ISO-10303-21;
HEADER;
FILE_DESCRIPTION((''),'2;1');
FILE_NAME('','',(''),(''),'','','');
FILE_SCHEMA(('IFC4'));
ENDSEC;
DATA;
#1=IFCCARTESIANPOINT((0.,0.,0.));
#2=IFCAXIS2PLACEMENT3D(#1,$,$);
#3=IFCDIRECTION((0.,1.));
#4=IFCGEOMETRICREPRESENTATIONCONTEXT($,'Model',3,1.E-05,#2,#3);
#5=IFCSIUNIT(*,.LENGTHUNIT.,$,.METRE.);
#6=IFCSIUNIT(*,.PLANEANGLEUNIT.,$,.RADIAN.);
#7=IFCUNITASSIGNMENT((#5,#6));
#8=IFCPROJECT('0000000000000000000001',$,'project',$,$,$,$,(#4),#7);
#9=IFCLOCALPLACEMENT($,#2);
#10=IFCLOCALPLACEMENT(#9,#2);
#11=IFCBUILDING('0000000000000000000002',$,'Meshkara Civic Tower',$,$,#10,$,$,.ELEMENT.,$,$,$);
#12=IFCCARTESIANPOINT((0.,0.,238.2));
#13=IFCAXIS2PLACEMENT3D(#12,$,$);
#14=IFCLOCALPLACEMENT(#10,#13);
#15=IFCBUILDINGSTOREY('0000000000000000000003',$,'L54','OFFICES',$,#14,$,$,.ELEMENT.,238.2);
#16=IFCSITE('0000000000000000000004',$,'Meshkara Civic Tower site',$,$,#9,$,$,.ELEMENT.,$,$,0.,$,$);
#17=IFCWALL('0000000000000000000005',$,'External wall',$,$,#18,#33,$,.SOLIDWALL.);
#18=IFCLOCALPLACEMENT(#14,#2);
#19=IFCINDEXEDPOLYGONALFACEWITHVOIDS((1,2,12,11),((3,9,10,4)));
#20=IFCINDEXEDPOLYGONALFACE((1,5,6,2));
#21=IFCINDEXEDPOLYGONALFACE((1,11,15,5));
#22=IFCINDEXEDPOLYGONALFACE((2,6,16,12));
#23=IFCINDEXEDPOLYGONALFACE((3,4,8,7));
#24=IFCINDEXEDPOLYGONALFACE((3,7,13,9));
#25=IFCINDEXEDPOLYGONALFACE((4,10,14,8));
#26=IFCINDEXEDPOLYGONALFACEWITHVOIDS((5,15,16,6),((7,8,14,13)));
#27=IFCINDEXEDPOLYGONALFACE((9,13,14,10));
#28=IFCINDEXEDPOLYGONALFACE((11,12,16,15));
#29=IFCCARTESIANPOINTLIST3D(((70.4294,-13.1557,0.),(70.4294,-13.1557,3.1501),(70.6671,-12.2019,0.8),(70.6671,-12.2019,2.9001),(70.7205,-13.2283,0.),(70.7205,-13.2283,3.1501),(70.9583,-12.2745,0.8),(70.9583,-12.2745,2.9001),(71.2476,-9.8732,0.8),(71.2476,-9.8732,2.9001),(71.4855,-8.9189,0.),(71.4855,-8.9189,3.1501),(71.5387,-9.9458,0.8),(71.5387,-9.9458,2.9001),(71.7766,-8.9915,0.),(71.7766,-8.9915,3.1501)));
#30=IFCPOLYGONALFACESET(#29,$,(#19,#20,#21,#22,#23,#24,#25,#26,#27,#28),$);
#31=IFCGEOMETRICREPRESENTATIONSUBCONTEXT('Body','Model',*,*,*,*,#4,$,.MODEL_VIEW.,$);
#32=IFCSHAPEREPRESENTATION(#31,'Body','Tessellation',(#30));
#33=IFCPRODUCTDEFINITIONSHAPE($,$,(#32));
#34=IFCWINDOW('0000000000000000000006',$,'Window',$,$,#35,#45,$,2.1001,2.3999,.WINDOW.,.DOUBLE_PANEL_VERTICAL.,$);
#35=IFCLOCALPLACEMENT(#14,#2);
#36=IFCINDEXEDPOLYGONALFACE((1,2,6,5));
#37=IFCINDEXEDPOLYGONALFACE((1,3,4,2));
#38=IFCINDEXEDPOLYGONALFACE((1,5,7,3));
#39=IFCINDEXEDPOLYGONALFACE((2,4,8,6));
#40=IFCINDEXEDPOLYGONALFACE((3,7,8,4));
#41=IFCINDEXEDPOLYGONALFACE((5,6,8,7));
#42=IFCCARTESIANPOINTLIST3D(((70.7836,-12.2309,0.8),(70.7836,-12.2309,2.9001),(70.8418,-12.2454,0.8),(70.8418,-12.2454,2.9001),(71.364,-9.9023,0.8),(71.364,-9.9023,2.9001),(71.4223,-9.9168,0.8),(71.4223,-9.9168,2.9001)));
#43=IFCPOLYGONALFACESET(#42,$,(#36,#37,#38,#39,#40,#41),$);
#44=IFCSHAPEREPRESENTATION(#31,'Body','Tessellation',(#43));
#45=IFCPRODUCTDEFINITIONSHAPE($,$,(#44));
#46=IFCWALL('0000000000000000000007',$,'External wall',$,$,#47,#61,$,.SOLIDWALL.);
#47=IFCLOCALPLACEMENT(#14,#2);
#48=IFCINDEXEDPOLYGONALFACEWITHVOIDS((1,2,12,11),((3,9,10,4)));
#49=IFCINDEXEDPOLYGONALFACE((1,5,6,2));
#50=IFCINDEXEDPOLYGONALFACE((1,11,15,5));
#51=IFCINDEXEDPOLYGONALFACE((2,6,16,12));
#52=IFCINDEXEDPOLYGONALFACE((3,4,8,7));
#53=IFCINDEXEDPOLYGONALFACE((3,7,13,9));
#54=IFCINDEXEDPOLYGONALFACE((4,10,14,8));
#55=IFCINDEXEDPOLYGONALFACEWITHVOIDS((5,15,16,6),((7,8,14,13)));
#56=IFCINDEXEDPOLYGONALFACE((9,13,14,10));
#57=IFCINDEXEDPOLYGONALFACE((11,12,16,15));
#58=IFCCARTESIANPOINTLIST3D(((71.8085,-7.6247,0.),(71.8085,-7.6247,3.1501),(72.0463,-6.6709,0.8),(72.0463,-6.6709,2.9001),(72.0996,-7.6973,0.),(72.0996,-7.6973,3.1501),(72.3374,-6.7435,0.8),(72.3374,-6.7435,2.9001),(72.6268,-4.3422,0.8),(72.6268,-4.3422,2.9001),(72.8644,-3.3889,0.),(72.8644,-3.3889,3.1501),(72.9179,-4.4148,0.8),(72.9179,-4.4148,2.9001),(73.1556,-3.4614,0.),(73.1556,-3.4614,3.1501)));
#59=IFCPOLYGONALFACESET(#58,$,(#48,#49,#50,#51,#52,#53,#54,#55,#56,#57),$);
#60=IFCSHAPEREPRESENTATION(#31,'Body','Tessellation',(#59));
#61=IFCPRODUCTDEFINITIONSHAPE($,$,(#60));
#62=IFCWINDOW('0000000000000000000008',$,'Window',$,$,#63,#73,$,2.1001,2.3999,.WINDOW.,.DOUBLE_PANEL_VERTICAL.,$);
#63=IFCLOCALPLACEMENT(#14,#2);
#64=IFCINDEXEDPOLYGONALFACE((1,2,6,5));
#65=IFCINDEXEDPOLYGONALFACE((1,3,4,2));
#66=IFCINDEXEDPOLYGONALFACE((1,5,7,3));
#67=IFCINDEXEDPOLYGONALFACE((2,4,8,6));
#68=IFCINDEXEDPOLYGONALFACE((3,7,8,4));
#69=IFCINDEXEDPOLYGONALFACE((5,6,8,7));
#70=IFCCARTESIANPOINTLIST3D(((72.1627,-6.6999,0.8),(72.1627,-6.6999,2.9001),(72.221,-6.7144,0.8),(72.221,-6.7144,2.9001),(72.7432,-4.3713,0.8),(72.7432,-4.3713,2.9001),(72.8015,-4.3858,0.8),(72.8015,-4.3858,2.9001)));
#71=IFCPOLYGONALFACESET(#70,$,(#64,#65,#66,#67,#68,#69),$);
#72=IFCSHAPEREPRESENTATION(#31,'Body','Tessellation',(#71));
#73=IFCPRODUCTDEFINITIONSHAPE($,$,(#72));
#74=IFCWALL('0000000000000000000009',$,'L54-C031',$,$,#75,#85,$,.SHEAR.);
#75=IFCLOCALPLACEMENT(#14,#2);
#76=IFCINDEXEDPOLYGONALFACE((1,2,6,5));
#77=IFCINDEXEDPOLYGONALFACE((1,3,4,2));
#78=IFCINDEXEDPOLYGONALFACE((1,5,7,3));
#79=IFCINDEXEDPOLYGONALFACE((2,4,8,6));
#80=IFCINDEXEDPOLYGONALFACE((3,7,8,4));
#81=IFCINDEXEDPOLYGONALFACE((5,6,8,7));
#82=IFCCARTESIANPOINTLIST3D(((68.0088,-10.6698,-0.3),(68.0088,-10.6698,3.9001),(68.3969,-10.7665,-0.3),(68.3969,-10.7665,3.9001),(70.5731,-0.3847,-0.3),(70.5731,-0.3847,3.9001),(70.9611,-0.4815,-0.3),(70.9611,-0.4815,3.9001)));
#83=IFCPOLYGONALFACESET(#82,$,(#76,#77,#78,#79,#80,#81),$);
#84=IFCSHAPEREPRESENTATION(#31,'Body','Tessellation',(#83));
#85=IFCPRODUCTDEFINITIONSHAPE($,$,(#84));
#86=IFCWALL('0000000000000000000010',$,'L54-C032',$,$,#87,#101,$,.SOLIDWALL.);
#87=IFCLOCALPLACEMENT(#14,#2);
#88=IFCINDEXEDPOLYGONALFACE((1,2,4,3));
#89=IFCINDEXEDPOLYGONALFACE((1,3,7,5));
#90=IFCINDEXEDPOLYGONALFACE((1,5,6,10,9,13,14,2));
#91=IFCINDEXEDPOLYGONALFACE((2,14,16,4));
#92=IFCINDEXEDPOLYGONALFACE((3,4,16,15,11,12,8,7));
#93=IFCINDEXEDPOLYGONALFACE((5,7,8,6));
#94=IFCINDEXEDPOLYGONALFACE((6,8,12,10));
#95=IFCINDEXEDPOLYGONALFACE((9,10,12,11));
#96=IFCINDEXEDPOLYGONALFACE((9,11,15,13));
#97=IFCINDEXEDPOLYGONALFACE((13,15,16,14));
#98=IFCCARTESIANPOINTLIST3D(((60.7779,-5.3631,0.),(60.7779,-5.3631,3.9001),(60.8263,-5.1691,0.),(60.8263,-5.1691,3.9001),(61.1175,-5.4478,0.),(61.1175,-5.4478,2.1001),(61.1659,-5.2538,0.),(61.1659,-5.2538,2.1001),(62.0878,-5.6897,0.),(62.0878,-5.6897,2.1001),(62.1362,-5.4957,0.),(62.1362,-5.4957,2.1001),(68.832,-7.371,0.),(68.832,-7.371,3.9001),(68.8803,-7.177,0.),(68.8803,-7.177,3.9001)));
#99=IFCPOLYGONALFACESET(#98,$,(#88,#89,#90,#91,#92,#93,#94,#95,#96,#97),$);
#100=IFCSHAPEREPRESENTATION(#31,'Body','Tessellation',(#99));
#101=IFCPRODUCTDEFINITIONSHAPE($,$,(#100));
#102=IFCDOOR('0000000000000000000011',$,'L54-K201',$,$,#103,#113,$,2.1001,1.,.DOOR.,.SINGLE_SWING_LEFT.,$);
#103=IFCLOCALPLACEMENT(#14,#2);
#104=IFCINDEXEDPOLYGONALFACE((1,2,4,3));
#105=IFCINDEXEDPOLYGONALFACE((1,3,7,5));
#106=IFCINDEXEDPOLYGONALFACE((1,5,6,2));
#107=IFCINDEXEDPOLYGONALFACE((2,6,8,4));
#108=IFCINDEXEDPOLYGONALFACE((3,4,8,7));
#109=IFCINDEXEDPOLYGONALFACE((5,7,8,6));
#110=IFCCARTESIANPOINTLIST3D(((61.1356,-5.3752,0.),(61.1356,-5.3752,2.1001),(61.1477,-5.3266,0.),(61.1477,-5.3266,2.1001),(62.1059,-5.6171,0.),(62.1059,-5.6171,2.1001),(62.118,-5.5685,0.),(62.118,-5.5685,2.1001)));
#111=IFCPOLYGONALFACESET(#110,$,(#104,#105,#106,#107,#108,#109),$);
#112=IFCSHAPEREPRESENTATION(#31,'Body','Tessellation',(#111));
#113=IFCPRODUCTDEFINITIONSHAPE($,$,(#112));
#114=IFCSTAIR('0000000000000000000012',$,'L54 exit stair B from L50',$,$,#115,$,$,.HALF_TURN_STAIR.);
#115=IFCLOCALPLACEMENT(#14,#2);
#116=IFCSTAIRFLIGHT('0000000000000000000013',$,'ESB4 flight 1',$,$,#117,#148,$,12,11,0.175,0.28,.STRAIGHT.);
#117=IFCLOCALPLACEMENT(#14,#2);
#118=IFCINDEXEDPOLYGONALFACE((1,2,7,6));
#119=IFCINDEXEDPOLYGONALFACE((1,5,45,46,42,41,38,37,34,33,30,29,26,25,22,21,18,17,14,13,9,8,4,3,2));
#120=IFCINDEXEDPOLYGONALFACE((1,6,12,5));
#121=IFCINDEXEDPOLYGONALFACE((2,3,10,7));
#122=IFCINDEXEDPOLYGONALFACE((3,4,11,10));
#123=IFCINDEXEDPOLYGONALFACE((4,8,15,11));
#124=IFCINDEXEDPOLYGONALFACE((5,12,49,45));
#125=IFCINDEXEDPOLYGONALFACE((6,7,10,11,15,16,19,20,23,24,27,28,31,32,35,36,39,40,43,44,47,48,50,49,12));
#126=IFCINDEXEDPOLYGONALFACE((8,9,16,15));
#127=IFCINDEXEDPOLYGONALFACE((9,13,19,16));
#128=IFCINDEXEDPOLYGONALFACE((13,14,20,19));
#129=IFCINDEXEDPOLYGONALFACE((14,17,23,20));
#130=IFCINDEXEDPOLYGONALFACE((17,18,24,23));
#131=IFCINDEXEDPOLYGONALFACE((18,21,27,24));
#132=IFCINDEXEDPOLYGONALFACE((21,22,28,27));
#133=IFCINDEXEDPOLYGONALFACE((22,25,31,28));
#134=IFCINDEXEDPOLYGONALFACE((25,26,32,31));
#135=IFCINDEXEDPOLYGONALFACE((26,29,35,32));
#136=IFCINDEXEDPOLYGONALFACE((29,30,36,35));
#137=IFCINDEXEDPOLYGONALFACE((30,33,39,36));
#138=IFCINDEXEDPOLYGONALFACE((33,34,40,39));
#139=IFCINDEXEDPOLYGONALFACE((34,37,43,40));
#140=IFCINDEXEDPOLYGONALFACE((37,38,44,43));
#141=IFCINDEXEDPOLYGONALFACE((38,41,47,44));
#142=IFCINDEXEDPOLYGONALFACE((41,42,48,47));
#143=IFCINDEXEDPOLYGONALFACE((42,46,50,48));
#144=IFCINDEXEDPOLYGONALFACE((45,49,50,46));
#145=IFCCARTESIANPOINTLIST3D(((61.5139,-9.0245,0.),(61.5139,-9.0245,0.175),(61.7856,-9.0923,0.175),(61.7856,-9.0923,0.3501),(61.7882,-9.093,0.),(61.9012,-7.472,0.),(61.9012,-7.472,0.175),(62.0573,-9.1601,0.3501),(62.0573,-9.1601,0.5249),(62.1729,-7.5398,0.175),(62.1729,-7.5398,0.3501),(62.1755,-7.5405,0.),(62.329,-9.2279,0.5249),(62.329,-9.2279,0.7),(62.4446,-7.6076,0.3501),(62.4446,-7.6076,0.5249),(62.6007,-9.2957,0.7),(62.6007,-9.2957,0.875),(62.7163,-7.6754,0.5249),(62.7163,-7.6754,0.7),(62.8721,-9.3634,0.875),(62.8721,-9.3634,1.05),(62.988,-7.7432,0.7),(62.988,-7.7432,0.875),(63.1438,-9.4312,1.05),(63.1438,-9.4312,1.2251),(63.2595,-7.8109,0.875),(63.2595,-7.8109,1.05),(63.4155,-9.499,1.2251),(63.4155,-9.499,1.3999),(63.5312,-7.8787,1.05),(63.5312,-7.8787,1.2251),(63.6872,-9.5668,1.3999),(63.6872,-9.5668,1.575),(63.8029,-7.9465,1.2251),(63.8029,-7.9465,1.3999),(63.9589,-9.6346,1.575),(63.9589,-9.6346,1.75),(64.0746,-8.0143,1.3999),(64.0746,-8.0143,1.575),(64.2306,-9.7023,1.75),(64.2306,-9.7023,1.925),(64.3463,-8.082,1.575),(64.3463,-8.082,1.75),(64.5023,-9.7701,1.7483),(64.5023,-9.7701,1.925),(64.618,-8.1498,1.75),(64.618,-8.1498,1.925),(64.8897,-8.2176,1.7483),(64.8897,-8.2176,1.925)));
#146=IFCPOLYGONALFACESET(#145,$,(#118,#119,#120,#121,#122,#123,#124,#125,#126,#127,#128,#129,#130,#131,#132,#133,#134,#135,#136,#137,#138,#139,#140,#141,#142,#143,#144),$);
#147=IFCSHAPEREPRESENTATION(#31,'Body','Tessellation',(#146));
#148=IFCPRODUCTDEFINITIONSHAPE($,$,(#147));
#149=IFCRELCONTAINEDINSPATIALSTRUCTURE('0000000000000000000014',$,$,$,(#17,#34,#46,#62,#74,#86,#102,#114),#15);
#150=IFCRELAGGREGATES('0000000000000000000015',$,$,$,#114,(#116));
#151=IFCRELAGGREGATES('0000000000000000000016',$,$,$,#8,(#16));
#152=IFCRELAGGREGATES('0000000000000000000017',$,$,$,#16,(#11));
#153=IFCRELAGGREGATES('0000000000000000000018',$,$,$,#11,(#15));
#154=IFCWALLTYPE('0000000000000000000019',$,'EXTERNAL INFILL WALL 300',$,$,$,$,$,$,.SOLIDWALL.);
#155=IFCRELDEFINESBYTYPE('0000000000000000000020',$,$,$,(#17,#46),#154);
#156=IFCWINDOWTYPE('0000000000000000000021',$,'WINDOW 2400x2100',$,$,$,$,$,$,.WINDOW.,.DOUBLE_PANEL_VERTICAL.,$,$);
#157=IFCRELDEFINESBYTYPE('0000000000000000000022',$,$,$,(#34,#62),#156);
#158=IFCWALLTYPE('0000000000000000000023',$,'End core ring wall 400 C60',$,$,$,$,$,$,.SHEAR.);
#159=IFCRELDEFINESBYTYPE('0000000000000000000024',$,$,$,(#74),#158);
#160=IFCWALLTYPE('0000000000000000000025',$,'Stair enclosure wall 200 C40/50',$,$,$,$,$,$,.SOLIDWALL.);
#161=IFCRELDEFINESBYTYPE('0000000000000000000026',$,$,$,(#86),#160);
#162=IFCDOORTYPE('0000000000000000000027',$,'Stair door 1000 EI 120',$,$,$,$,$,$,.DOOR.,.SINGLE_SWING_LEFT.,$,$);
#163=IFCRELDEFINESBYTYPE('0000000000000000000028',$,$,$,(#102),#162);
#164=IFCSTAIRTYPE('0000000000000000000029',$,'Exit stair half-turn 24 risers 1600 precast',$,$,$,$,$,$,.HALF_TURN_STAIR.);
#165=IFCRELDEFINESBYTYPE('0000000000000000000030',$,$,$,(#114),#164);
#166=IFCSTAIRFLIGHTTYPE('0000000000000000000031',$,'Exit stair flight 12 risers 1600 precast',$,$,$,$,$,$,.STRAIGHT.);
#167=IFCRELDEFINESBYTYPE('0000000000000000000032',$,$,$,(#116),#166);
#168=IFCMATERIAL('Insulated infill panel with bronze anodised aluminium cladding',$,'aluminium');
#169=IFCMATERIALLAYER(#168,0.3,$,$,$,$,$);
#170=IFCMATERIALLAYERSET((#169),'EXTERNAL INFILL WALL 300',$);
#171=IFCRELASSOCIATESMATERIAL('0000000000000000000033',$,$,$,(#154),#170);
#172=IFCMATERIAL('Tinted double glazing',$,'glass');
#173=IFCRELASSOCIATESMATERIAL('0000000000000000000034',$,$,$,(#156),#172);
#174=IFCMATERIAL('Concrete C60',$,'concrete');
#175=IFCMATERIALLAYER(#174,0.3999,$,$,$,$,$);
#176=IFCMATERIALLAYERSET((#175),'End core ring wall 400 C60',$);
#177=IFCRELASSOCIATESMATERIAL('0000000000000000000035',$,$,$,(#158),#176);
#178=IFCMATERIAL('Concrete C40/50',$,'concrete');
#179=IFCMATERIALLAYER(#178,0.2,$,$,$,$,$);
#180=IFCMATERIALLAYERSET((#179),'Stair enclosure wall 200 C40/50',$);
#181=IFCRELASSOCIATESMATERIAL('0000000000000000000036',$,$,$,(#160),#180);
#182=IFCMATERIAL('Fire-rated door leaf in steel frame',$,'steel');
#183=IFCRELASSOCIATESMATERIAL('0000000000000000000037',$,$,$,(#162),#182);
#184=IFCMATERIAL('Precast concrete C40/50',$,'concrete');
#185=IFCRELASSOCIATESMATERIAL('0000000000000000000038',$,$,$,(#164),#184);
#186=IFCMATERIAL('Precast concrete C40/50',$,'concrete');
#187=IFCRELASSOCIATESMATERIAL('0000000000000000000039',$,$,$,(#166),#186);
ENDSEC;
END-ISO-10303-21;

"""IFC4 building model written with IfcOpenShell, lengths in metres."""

from ifc_helpers import new_model, si_unit, direction, frame, frame_2d, origin, place, context, subcontext, project, spatial, polyline, rectangle, outline, extrude, material, layer, layer_set, type_object, element, fill, aggregate, save


model = new_model("IFC4")

# Units and contexts
model_context = context("Model", 3, precision=1e-05, world=origin(), true_north=direction((0.0, 1.0)))
body_context = subcontext(model_context, "Body", "Model", "MODEL_VIEW")
ifc_project = project(units=[si_unit("LENGTHUNIT", "METRE"), si_unit("PLANEANGLEUNIT", "RADIAN")], contexts=[model_context])

# Site, building, storey
site_placement = place(None, origin())
site = spatial("IfcSite", under=ifc_project, at=site_placement, Name="Meshkara Civic Tower site", CompositionType="ELEMENT", RefElevation=0.0)
building_placement = place(site_placement, origin())
building = spatial("IfcBuilding", under=site, at=building_placement, Name="Meshkara Civic Tower", CompositionType="ELEMENT")
storey_placement = place(building_placement, frame((0.0, 0.0, 238.2)))
storey = spatial("IfcBuildingStorey", under=building, at=storey_placement, Name="L54", Description="OFFICES", CompositionType="ELEMENT", Elevation=238.2)

# Walls, openings, windows
ifc_material_1 = material(Name="Insulated infill panel with bronze anodised aluminium cladding", Category="aluminium")
ifc_layer_1 = layer(ifc_material_1, 0.3)
ifc_layer_set_1 = layer_set([ifc_layer_1], Name="EXTERNAL INFILL WALL 300")
wall_type_1 = type_object("IfcWallType", Name="EXTERNAL INFILL WALL 300", PredefinedType="SOLIDWALL", material=ifc_layer_set_1)
ifc_material_2 = material(Name="Tinted double glazing", Category="glass")
window_type_1 = type_object("IfcWindowType", Name="WINDOW 2400x2100", PartitioningType="DOUBLE_PANEL_VERTICAL", PredefinedType="WINDOW", material=ifc_material_2)
wall_1_placement = place(storey_placement, frame((70.575, -13.1919, 0.0), z_axis=(0.0, 0.0, 1.0), x_axis=(0.241878, 0.970307, 0.0)))
wall_1 = element("IfcWall", 1, at=wall_1_placement, inside=storey, type_object=wall_type_1, Name="External wall", PredefinedType="SOLIDWALL", context=body_context, shape_type="SweptSolid", body=[
    extrude(rectangle(XDim=4.3665, YDim=0.3, at=frame_2d((2.1831, 0.0))), origin(), (0.0, 0.0, 1.0), 3.1501),
])
opening_1_placement = place(wall_1_placement, frame((0.9829, 0.0, 0.8)))
opening_1 = element("IfcOpeningElement", 2, at=opening_1_placement, cuts=wall_1, PredefinedType="OPENING", context=body_context, shape_type="SweptSolid", body=[
    extrude(rectangle(XDim=2.3999, YDim=2.1001, at=frame_2d((1.2, 1.05))), frame((0.0, 0.1599, 0.0), z_axis=(0.0, -1.0, 0.0), x_axis=(1.0, 0.0, 0.0)), (0.0, 0.0, 1.0), 0.3201),
])
window_1_placement = place(opening_1_placement, origin())
window_1 = element("IfcWindow", 3, at=window_1_placement, inside=storey, type_object=window_type_1, Name="Window", OverallHeight=2.1001, OverallWidth=2.3999, PartitioningType="DOUBLE_PANEL_VERTICAL", PredefinedType="WINDOW", context=body_context, shape_type="SweptSolid", body=[
    extrude(rectangle(XDim=2.3999, YDim=2.1001, at=frame_2d((1.2, 1.05))), frame((0.0, 0.03, 0.0), z_axis=(0.0, -1.0, 0.0), x_axis=(1.0, 0.0, 0.0)), (0.0, 0.0, 1.0), 0.0601),
])
fill(opening_1, window_1)
wall_2_placement = place(storey_placement, frame((71.9541, -7.6609, 0.0), z_axis=(0.0, 0.0, 1.0), x_axis=(0.241878, 0.970307, 0.0)))
wall_2 = element("IfcWall", 4, at=wall_2_placement, inside=storey, type_object=wall_type_1, Name="External wall", PredefinedType="SOLIDWALL", context=body_context, shape_type="SweptSolid", body=[
    extrude(rectangle(XDim=4.3655, YDim=0.3, at=frame_2d((2.1826, 0.0))), origin(), (0.0, 0.0, 1.0), 3.1501),
])
opening_2_placement = place(wall_2_placement, frame((0.9829, 0.0, 0.8)))
opening_2 = element("IfcOpeningElement", 5, at=opening_2_placement, cuts=wall_2, PredefinedType="OPENING", context=body_context, shape_type="SweptSolid", body=[
    extrude(rectangle(XDim=2.3999, YDim=2.1001, at=frame_2d((1.2, 1.05))), frame((0.0, 0.1599, 0.0), z_axis=(0.0, -1.0, 0.0), x_axis=(1.0, 0.0, 0.0)), (0.0, 0.0, 1.0), 0.3201),
])
window_2_placement = place(opening_2_placement, origin())
window_2 = element("IfcWindow", 6, at=window_2_placement, inside=storey, type_object=window_type_1, Name="Window", OverallHeight=2.1001, OverallWidth=2.3999, PartitioningType="DOUBLE_PANEL_VERTICAL", PredefinedType="WINDOW", context=body_context, shape_type="SweptSolid", body=[
    extrude(rectangle(XDim=2.3999, YDim=2.1001, at=frame_2d((1.2, 1.05))), frame((0.0, 0.03, 0.0), z_axis=(0.0, -1.0, 0.0), x_axis=(1.0, 0.0, 0.0)), (0.0, 0.0, 1.0), 0.0601),
])
fill(opening_2, window_2)

# Wall
ifc_material_3 = material(Name="Concrete C60", Category="concrete")
ifc_layer_2 = layer(ifc_material_3, 0.3999)
ifc_layer_set_2 = layer_set([ifc_layer_2], Name="End core ring wall 400 C60")
wall_type_2 = type_object("IfcWallType", Name="End core ring wall 400 C60", PredefinedType="SHEAR", material=ifc_layer_set_2)
wall_3_placement = place(storey_placement, frame((68.2029, -10.718, -0.3), z_axis=(0.0, 0.0, 1.0), x_axis=(0.241912, 0.970298, 0.0)))
element("IfcWall", 7, at=wall_3_placement, inside=storey, type_object=wall_type_2, Name="L54-C031", PredefinedType="SHEAR", context=body_context, shape_type="SweptSolid", body=[
    extrude(rectangle(XDim=10.5999, YDim=0.3999, at=frame_2d((5.2998, 0.0))), origin(), (0.0, 0.0, 1.0), 4.2002),
])

# Wall, opening, door
ifc_material_4 = material(Name="Concrete C40/50", Category="concrete")
ifc_layer_3 = layer(ifc_material_4, 0.2)
ifc_layer_set_3 = layer_set([ifc_layer_3], Name="Stair enclosure wall 200 C40/50")
wall_type_3 = type_object("IfcWallType", Name="Stair enclosure wall 200 C40/50", PredefinedType="SOLIDWALL", material=ifc_layer_set_3)
wall_4_placement = place(storey_placement, frame((60.802, -5.2661, 0.0), z_axis=(0.0, 0.0, 1.0), x_axis=(0.970303, -0.241892, 0.0)))
wall_4 = element("IfcWall", 8, at=wall_4_placement, inside=storey, type_object=wall_type_3, Name="L54-C032", PredefinedType="SOLIDWALL", context=body_context, shape_type="SweptSolid", body=[
    extrude(rectangle(XDim=8.3005, YDim=0.2, at=frame_2d((4.1504, 0.0))), origin(), (0.0, 0.0, 1.0), 3.9001),
])
opening_3_placement = place(wall_4_placement, frame((0.3501, 0.0, 0.0)))
opening_3 = element("IfcOpeningElement", 9, at=opening_3_placement, cuts=wall_4, PredefinedType="OPENING", context=body_context, shape_type="SweptSolid", body=[
    extrude(rectangle(XDim=1.0, YDim=2.1001, at=frame_2d((0.5, 1.05))), frame((0.0, 0.1099, 0.0), z_axis=(0.0, -1.0, 0.0), x_axis=(1.0, 0.0, 0.0)), (0.0, 0.0, 1.0), 0.22),
])
ifc_material_5 = material(Name="Fire-rated door leaf in steel frame", Category="steel")
door_type = type_object("IfcDoorType", Name="Stair door 1000 EI 120", OperationType="SINGLE_SWING_LEFT", PredefinedType="DOOR", material=ifc_material_5)
door_placement = place(opening_3_placement, origin())
door = element("IfcDoor", 10, at=door_placement, inside=storey, type_object=door_type, Name="L54-K201", OperationType="SINGLE_SWING_LEFT", OverallHeight=2.1001, OverallWidth=1.0, PredefinedType="DOOR", context=body_context, shape_type="SweptSolid", body=[
    extrude(rectangle(XDim=1.0, YDim=2.1001, at=frame_2d((0.5, 1.05))), frame((0.0, 0.0249, 0.0), z_axis=(0.0, -1.0, 0.0), x_axis=(1.0, 0.0, 0.0)), (0.0, 0.0, 1.0), 0.05),
])
fill(opening_3, door)

# Stair, stair flight
ifc_material_6 = material(Name="Precast concrete C40/50", Category="concrete")
stair_type = type_object("IfcStairType", Name="Exit stair half-turn 24 risers 1600 precast", PredefinedType="HALF_TURN_STAIR", material=ifc_material_6)
stair_placement = place(storey_placement, origin())
stair = element("IfcStair", 11, at=stair_placement, inside=storey, type_object=stair_type, Name="L54 exit stair B from L50", PredefinedType="HALF_TURN_STAIR")
ifc_material_7 = material(Name="Precast concrete C40/50", Category="concrete")
stair_flight_type = type_object("IfcStairFlightType", Name="Exit stair flight 12 risers 1600 precast", PredefinedType="STRAIGHT", material=ifc_material_7)
stair_flight_1_placement = place(storey_placement, frame((61.7075, -8.2483, 0.0), z_axis=(0.0, 0.0, 1.0), x_axis=(0.97026, -0.242065, 0.0)))
stair_flight_1 = element("IfcStairFlight", 12, at=stair_flight_1_placement, type_object=stair_flight_type, Name="ESB4 flight 1", NumberOfRisers=12, NumberOfTreads=11, PredefinedType="STRAIGHT", RiserHeight=0.175, TreadLength=0.28, context=body_context, shape_type="SweptSolid", body=[
    extrude(outline(polyline([(0.0, 0.0), (0.0, 0.175), (0.28, 0.175), (0.28, 0.3501), (0.5601, 0.3501), (0.5601, 0.5249), (0.8401, 0.5249), (0.8401, 0.7), (1.1201, 0.7), (1.1201, 0.875), (1.3999, 0.875), (1.3999, 1.05), (1.6799, 1.05), (1.6799, 1.2251), (1.96, 1.2251), (1.96, 1.3999), (2.24, 1.3999), (2.24, 1.575), (2.52, 1.575), (2.52, 1.75), (2.8, 1.75), (2.8, 1.925), (3.0801, 1.925), (3.0801, 2.1001), (3.0801, 1.7483), (0.2827, 0.0), (0.0, 0.0)])), frame((0.0, 0.8, 0.0), z_axis=(0.0, -1.0, 0.0), x_axis=(1.0, 0.0, 0.0)), (0.0, 0.0, 1.0), 1.6001),
])
aggregate(stair, [stair_flight_1])

save(model, "model.ifc")
